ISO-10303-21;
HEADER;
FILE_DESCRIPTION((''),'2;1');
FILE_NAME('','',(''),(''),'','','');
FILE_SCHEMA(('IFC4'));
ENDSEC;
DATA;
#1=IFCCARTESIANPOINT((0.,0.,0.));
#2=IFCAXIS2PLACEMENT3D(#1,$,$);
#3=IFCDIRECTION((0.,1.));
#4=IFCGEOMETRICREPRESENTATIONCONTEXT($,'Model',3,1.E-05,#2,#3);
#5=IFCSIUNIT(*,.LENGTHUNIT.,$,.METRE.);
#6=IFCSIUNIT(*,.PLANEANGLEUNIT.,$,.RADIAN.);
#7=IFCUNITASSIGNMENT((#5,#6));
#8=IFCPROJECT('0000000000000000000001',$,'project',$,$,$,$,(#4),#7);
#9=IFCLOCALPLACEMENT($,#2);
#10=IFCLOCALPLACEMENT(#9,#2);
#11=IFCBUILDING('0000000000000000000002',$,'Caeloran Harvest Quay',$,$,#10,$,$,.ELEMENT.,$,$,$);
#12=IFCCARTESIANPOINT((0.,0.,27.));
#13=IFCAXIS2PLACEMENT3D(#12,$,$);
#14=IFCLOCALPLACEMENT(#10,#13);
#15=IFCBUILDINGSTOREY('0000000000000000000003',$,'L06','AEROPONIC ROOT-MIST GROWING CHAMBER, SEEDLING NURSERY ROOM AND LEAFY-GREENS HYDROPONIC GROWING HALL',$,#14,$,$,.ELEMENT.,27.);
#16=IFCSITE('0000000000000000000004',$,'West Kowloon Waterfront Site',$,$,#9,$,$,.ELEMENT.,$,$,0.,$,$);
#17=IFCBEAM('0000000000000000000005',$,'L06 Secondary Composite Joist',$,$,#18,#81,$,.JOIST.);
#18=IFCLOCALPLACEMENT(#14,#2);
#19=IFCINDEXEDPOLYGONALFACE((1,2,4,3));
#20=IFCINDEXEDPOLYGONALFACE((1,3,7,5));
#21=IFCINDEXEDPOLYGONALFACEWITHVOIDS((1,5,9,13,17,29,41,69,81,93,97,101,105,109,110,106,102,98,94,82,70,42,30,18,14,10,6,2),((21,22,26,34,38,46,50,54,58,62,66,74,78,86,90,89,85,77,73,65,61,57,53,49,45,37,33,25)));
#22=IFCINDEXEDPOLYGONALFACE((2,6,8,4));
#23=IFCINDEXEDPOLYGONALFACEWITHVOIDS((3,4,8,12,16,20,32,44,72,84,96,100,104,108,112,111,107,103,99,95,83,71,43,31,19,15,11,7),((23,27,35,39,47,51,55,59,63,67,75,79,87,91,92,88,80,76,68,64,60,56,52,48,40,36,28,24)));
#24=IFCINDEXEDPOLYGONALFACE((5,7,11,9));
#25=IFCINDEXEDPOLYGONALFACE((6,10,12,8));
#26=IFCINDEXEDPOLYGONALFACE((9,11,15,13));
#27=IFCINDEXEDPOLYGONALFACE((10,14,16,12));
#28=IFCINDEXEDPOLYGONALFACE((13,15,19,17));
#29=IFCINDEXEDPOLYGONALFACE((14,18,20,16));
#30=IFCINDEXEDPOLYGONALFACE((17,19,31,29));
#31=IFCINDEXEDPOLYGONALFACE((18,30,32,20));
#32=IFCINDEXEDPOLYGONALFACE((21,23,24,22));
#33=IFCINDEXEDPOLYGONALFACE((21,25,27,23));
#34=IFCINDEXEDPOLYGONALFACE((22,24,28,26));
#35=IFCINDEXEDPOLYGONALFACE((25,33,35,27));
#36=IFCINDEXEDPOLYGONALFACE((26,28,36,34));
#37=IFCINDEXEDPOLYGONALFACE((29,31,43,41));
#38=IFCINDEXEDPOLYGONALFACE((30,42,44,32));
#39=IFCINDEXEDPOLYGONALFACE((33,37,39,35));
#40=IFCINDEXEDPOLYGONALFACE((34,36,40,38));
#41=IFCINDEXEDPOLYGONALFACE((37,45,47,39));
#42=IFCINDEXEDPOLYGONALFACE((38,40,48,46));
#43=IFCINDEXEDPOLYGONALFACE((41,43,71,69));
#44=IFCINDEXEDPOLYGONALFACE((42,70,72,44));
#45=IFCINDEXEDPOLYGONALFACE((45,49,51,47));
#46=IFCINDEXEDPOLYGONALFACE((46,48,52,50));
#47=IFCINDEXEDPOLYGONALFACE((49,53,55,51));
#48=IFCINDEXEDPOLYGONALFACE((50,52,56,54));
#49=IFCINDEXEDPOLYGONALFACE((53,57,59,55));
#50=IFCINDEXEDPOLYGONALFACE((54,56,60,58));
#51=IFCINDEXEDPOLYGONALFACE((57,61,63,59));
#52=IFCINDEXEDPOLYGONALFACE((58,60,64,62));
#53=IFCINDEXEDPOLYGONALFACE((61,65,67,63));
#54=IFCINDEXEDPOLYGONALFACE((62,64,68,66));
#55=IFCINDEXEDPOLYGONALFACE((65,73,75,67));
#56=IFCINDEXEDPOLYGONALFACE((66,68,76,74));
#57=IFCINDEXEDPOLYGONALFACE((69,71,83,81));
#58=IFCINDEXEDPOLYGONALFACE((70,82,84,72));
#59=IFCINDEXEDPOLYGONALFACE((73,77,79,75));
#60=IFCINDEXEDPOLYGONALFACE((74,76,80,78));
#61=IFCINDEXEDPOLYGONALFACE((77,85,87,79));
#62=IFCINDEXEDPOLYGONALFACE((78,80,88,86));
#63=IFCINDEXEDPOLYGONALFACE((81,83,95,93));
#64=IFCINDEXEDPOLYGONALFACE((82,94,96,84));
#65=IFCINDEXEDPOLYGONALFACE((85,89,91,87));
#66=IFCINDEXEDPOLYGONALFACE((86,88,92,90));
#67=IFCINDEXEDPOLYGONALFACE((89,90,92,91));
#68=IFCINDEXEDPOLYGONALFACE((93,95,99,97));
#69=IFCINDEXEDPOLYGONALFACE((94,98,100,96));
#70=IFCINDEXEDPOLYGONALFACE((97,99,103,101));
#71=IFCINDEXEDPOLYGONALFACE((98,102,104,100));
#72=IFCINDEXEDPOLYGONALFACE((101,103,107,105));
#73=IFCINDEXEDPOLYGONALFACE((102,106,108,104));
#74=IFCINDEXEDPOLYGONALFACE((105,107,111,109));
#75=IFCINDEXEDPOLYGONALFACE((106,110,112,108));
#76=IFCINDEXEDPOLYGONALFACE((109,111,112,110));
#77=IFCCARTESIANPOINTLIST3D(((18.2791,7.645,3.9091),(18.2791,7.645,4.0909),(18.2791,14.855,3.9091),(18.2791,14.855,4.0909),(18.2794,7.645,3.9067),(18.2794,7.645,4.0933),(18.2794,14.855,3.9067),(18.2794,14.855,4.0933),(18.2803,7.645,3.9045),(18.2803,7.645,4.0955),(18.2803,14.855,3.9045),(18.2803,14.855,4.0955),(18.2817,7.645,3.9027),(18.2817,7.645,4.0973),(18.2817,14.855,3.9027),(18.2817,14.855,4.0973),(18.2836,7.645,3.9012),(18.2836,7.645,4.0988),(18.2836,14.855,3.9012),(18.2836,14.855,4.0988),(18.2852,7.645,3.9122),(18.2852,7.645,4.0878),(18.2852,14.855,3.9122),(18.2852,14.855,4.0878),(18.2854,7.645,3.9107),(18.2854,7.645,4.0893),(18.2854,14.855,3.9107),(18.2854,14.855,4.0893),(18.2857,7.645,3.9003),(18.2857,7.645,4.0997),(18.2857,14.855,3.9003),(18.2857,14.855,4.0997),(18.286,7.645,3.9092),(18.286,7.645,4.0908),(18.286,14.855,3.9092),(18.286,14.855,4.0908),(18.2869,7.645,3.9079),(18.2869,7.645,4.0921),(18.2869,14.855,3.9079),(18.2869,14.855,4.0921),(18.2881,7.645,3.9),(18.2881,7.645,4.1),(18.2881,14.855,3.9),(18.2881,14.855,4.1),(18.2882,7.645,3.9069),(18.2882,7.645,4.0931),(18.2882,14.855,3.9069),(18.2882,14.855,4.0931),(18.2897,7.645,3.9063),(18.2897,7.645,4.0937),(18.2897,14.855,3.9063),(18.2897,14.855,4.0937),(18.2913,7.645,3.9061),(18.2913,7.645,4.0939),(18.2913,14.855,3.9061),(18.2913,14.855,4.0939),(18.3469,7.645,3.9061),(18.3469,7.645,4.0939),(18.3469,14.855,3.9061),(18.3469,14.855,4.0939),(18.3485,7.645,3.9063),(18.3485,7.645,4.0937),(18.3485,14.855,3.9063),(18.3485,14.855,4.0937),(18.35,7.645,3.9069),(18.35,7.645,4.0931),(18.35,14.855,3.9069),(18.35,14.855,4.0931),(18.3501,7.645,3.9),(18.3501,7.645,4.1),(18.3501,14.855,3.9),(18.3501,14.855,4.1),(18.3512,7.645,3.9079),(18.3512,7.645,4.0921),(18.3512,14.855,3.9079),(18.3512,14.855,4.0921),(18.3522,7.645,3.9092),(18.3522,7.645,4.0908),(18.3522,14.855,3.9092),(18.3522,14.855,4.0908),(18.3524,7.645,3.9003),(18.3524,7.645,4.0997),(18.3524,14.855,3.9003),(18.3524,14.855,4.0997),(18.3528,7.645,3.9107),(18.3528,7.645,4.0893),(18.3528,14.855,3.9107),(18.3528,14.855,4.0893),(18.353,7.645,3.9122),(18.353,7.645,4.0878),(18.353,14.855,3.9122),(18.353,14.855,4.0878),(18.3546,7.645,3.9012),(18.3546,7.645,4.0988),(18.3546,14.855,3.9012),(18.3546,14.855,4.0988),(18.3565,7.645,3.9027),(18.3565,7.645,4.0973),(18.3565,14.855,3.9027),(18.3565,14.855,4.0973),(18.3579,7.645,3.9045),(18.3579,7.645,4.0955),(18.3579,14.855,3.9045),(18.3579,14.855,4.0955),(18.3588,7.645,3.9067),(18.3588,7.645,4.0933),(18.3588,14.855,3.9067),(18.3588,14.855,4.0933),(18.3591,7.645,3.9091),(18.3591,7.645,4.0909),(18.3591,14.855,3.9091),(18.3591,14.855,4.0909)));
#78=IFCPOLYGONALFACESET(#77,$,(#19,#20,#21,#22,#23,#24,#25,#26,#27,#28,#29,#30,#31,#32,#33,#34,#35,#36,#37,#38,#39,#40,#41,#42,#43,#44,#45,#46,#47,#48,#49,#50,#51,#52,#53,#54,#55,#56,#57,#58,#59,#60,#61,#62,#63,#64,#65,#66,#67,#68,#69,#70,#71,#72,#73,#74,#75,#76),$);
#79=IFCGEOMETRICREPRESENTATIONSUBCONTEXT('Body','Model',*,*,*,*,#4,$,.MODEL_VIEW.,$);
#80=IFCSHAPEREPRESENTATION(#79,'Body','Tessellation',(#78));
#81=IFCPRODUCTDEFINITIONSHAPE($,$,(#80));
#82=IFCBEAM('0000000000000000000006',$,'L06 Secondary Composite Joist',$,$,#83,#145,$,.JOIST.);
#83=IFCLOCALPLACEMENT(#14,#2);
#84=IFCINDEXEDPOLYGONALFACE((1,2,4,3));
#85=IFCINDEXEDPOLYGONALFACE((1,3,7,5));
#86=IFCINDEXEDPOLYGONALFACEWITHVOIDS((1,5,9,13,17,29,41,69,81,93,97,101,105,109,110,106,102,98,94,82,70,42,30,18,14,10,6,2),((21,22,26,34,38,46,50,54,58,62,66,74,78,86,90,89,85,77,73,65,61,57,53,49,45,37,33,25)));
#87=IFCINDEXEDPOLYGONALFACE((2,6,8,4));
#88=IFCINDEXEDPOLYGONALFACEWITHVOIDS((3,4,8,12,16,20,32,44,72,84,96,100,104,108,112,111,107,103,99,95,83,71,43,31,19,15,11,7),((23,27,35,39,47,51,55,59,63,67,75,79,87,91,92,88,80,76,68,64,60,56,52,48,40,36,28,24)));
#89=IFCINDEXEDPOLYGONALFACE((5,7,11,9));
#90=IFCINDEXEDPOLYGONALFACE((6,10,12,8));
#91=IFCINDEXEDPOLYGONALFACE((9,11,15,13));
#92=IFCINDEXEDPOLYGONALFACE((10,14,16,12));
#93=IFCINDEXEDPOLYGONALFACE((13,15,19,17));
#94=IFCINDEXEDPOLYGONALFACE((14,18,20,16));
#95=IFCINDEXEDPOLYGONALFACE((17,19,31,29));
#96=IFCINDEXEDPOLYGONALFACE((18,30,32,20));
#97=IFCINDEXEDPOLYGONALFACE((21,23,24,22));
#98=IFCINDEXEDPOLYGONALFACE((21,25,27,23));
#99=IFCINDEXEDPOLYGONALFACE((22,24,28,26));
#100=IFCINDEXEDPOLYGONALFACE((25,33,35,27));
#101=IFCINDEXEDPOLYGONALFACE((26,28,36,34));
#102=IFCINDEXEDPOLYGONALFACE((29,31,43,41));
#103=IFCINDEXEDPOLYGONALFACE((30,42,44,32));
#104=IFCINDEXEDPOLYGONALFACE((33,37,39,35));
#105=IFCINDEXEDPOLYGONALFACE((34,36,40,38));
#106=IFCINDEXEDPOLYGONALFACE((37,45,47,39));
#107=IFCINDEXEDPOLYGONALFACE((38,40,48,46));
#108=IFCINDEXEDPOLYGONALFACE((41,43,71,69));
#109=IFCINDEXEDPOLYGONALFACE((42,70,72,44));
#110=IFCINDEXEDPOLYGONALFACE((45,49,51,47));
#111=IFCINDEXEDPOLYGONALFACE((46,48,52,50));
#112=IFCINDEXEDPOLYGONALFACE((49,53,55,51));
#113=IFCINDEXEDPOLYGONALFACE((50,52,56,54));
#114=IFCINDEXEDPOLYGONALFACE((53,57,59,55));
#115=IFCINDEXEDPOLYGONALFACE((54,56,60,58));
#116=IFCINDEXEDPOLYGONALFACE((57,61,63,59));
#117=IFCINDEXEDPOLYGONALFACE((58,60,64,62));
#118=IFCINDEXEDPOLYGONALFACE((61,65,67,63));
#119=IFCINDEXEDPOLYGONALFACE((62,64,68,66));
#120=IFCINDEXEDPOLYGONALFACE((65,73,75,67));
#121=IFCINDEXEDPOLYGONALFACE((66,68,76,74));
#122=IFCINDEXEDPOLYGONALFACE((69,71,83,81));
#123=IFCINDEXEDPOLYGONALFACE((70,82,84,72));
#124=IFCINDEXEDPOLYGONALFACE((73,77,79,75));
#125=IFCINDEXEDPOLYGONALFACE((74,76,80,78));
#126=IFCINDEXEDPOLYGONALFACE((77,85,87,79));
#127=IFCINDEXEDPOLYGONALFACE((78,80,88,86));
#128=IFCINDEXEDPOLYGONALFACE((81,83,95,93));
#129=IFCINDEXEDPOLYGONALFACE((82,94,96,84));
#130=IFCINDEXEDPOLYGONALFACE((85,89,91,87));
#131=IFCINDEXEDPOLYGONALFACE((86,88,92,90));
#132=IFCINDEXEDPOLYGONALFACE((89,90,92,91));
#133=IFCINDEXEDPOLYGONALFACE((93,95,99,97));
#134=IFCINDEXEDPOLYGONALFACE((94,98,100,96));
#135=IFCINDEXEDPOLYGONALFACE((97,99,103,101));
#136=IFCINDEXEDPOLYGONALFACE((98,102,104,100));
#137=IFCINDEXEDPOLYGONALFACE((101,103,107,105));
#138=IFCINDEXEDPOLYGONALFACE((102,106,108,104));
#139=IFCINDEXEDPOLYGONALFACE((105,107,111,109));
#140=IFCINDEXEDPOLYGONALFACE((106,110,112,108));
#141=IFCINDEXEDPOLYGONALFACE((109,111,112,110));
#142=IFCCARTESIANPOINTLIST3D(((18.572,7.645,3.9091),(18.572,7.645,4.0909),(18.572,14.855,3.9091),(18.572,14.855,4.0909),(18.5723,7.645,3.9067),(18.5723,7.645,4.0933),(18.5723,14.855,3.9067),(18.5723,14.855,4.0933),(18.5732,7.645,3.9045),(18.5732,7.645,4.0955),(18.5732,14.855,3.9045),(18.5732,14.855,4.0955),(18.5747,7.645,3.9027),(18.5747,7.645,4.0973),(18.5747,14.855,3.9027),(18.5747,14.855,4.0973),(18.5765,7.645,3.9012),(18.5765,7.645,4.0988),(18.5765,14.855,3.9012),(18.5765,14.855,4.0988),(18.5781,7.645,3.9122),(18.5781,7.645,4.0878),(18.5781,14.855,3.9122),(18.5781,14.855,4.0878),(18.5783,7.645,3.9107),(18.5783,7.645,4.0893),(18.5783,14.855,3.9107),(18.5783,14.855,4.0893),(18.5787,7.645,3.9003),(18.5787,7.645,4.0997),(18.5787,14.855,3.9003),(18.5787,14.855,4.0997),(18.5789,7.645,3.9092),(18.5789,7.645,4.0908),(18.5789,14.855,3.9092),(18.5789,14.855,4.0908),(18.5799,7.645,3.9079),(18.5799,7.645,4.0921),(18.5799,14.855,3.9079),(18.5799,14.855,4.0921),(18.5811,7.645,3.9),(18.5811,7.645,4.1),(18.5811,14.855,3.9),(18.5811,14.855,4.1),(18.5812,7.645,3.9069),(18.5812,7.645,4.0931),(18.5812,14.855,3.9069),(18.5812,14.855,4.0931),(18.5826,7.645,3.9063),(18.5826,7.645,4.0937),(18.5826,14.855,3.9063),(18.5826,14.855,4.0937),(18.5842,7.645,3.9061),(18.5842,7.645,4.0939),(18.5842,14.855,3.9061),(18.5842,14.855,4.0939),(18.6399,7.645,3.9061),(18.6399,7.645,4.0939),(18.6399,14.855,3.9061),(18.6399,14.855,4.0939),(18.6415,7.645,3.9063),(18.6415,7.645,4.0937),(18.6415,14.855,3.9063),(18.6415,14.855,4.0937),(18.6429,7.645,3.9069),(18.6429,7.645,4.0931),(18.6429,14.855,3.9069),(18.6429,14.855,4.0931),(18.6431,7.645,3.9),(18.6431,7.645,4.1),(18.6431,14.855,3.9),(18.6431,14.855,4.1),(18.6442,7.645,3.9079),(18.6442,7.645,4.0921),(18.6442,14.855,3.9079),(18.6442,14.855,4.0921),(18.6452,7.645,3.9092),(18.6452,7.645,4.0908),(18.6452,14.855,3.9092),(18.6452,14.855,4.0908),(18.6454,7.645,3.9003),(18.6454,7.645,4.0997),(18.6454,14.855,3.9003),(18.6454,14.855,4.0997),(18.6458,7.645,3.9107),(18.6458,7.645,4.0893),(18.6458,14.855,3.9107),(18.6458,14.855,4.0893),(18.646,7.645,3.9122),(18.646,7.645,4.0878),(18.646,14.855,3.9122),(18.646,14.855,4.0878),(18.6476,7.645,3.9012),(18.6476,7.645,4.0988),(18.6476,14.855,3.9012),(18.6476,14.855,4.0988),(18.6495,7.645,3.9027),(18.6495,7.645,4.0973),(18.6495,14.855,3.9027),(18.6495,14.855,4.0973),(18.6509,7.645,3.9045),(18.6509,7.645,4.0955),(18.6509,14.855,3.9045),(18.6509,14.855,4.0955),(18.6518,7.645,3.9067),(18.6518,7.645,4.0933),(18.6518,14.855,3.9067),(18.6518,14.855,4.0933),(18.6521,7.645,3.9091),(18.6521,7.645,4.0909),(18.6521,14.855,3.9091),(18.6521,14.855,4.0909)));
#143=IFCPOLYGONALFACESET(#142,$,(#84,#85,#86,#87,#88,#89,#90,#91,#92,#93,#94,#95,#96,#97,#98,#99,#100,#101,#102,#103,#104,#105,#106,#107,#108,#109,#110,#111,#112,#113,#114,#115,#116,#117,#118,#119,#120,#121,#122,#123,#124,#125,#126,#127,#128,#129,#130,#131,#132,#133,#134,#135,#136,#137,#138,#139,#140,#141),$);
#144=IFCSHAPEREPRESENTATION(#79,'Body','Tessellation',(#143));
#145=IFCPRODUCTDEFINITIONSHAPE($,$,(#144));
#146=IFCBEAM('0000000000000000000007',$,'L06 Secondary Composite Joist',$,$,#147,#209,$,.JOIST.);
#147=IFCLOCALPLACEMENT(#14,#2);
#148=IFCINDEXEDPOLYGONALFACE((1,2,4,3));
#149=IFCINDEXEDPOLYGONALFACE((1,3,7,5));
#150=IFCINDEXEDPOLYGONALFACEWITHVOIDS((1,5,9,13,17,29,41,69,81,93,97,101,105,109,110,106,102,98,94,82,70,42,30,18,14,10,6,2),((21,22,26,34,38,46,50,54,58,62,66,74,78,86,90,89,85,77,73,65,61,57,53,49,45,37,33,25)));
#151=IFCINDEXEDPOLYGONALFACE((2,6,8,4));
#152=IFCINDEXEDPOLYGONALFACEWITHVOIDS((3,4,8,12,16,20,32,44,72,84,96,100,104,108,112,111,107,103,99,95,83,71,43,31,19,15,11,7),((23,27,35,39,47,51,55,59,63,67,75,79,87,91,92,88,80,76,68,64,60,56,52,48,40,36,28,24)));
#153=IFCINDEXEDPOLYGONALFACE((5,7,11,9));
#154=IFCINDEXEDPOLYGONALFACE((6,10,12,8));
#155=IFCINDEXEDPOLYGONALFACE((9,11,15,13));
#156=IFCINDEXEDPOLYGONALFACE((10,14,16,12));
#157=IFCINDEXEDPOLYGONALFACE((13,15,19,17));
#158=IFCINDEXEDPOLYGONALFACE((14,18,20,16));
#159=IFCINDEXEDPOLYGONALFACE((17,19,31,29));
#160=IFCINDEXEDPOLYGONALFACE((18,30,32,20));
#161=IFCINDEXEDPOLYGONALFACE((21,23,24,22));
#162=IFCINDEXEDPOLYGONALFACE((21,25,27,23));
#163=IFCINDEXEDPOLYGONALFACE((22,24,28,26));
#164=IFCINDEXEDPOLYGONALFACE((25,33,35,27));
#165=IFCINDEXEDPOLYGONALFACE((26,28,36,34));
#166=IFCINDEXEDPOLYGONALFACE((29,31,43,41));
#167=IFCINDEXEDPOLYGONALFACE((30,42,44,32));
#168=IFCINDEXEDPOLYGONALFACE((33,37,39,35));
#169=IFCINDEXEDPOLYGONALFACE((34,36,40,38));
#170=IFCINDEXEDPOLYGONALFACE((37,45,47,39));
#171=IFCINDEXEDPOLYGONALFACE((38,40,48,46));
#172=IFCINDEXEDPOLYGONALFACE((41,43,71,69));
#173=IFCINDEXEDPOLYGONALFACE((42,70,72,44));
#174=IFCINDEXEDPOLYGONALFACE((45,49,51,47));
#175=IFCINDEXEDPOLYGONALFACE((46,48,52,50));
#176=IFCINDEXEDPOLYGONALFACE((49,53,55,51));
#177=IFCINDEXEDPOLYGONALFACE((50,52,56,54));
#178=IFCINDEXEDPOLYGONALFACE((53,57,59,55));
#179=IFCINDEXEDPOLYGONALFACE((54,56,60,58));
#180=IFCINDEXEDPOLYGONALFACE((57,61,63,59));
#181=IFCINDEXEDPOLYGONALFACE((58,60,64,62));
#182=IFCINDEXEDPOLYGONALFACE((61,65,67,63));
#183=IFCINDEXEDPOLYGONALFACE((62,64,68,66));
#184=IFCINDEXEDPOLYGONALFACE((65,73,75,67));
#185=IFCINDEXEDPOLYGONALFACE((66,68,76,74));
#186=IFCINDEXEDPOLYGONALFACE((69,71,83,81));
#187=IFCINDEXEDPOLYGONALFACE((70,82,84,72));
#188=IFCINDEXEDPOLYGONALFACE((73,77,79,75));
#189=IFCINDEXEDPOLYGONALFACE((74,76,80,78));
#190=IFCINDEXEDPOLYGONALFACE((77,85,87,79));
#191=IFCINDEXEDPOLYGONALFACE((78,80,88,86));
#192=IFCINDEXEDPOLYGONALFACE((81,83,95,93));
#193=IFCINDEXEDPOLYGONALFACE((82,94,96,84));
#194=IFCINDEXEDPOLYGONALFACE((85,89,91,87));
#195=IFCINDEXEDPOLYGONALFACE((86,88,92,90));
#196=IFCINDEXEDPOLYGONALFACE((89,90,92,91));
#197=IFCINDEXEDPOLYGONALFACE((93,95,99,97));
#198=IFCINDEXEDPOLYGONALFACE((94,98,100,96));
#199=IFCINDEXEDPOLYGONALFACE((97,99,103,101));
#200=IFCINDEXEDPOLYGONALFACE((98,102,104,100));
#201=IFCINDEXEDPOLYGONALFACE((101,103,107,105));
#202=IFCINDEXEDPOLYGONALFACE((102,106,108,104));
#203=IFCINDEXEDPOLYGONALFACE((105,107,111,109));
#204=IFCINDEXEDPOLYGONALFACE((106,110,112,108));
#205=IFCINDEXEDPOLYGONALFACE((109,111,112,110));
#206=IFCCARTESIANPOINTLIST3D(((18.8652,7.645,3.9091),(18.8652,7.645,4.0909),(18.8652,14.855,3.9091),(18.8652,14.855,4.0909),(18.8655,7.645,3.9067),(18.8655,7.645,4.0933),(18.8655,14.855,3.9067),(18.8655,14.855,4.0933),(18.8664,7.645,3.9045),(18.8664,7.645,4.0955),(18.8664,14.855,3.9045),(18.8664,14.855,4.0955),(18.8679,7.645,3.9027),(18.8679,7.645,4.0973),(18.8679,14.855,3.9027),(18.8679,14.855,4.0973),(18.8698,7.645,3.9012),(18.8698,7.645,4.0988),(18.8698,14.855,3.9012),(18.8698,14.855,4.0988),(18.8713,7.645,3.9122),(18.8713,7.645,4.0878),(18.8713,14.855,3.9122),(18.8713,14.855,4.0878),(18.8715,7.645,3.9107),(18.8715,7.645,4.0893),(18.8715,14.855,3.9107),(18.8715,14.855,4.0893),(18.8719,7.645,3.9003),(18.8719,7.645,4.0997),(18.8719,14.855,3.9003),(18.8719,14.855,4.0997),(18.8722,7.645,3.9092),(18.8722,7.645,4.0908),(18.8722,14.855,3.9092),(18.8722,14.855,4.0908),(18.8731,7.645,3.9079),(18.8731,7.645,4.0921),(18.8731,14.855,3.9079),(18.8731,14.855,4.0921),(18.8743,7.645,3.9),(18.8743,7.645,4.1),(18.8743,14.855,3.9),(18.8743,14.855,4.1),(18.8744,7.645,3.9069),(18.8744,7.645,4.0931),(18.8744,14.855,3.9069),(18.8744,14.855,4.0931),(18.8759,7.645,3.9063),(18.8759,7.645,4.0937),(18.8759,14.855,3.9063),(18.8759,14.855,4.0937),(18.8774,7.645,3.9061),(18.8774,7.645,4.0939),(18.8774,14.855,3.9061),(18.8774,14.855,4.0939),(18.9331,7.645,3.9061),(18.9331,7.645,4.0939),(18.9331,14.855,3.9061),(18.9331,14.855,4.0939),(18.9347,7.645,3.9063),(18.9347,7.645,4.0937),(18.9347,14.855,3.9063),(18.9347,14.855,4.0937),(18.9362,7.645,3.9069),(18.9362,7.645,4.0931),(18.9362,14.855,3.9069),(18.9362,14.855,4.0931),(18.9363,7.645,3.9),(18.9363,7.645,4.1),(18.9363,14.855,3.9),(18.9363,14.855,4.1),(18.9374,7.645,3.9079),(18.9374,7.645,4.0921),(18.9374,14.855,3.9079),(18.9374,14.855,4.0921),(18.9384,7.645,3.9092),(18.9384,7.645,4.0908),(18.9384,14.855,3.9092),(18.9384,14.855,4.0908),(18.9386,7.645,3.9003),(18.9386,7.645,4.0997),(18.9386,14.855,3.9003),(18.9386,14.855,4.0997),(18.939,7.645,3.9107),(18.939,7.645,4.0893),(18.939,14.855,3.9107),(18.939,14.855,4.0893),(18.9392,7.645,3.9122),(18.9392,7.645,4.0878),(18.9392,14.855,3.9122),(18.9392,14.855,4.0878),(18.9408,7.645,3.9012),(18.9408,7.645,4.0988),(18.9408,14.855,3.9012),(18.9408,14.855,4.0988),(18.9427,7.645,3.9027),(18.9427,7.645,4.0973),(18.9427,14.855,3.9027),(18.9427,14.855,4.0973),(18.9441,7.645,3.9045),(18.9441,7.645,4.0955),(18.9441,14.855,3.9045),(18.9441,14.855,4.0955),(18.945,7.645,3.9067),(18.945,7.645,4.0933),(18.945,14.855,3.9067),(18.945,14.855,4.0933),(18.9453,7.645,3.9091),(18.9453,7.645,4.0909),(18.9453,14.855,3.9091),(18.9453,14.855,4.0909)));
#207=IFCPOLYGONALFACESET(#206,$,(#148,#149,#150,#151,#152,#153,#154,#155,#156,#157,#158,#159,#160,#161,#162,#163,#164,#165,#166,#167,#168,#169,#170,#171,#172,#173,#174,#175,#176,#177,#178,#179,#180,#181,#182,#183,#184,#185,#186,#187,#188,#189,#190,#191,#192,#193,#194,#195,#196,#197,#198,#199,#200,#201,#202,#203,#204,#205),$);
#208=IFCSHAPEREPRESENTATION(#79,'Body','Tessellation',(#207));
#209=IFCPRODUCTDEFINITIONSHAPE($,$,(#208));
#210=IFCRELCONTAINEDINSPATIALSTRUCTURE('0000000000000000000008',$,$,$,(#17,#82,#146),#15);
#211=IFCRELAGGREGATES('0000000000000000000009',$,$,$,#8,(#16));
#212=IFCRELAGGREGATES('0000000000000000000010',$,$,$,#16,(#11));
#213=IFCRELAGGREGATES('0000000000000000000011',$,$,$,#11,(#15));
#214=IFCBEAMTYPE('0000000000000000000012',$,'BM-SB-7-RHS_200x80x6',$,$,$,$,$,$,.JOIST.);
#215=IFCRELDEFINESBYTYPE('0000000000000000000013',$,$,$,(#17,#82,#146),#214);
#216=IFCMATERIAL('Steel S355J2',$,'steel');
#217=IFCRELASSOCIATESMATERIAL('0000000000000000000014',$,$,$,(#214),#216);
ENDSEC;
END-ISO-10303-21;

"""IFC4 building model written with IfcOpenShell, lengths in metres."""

from ifc_helpers import new_model, si_unit, direction, frame, origin, origin_2d, place, context, subcontext, project, spatial, hollow_rectangle, extrude, material, material_profile, profile_set, type_object, element, save


model = new_model("IFC4")

# Units and contexts
model_context = context("Model", 3, precision=1e-05, world=origin(), true_north=direction((0.0, 1.0)))
body_context = subcontext(model_context, "Body", "Model", "MODEL_VIEW")
ifc_project = project(units=[si_unit("LENGTHUNIT", "METRE"), si_unit("PLANEANGLEUNIT", "RADIAN")], contexts=[model_context])

# Site, building, storey
site_placement = place(None, origin())
site = spatial("IfcSite", under=ifc_project, at=site_placement, Name="West Kowloon Waterfront Site", CompositionType="ELEMENT", RefElevation=0.0)
building_placement = place(site_placement, origin())
building = spatial("IfcBuilding", under=site, at=building_placement, Name="Caeloran Harvest Quay", CompositionType="ELEMENT")
storey_placement = place(building_placement, frame((0.0, 0.0, 27.0)))
storey = spatial("IfcBuildingStorey", under=building, at=storey_placement, Name="L06", Description="AEROPONIC ROOT-MIST GROWING CHAMBER, SEEDLING NURSERY ROOM AND LEAFY-GREENS HYDROPONIC GROWING HALL", CompositionType="ELEMENT", Elevation=27.0)

# Beams
ifc_material_1 = material(Name="Steel S355J2", Category="steel")
ifc_material_profile_1 = material_profile(ifc_material_1, hollow_rectangle(XDim=0.0801, YDim=0.2, WallThickness=0.0061, InnerFilletRadius=0.0061, OuterFilletRadius=0.009, at=origin_2d()), Name="RHS 200x80x6")
ifc_profile_set_1 = profile_set([ifc_material_profile_1], Name="Steel S355J2")
beam_type_1 = type_object("IfcBeamType", Name="BM-SB-7-RHS_200x80x6", PredefinedType="JOIST", material=ifc_profile_set_1)
for number, where, z_axis, x_axis, name in (
    (1, (18.3191, 7.645, 4.0), (0.0, 1.0, 0.0), (-1.0, 0.0, 0.0), "L06 Secondary Composite Joist"),
    (2, (18.6121, 7.645, 4.0), (0.0, 1.0, 0.0), (-1.0, 0.0, 0.0), "L06 Secondary Composite Joist"),
    (3, (18.9053, 7.645, 4.0), (0.0, 1.0, 0.0), (-1.0, 0.0, 0.0), "L06 Secondary Composite Joist"),
):
    element("IfcBeam", number, at=place(storey_placement, frame(where, z_axis=z_axis, x_axis=x_axis)), inside=storey, type_object=beam_type_1, Name=name, PredefinedType="JOIST", context=body_context, shape_type="SweptSolid", body=[
        extrude(hollow_rectangle(XDim=0.0801, YDim=0.2, WallThickness=0.0061, InnerFilletRadius=0.0061, OuterFilletRadius=0.009, at=origin_2d()), origin(), (0.0, 0.0, 1.0), 7.21),
    ])

save(model, "model.ifc")
